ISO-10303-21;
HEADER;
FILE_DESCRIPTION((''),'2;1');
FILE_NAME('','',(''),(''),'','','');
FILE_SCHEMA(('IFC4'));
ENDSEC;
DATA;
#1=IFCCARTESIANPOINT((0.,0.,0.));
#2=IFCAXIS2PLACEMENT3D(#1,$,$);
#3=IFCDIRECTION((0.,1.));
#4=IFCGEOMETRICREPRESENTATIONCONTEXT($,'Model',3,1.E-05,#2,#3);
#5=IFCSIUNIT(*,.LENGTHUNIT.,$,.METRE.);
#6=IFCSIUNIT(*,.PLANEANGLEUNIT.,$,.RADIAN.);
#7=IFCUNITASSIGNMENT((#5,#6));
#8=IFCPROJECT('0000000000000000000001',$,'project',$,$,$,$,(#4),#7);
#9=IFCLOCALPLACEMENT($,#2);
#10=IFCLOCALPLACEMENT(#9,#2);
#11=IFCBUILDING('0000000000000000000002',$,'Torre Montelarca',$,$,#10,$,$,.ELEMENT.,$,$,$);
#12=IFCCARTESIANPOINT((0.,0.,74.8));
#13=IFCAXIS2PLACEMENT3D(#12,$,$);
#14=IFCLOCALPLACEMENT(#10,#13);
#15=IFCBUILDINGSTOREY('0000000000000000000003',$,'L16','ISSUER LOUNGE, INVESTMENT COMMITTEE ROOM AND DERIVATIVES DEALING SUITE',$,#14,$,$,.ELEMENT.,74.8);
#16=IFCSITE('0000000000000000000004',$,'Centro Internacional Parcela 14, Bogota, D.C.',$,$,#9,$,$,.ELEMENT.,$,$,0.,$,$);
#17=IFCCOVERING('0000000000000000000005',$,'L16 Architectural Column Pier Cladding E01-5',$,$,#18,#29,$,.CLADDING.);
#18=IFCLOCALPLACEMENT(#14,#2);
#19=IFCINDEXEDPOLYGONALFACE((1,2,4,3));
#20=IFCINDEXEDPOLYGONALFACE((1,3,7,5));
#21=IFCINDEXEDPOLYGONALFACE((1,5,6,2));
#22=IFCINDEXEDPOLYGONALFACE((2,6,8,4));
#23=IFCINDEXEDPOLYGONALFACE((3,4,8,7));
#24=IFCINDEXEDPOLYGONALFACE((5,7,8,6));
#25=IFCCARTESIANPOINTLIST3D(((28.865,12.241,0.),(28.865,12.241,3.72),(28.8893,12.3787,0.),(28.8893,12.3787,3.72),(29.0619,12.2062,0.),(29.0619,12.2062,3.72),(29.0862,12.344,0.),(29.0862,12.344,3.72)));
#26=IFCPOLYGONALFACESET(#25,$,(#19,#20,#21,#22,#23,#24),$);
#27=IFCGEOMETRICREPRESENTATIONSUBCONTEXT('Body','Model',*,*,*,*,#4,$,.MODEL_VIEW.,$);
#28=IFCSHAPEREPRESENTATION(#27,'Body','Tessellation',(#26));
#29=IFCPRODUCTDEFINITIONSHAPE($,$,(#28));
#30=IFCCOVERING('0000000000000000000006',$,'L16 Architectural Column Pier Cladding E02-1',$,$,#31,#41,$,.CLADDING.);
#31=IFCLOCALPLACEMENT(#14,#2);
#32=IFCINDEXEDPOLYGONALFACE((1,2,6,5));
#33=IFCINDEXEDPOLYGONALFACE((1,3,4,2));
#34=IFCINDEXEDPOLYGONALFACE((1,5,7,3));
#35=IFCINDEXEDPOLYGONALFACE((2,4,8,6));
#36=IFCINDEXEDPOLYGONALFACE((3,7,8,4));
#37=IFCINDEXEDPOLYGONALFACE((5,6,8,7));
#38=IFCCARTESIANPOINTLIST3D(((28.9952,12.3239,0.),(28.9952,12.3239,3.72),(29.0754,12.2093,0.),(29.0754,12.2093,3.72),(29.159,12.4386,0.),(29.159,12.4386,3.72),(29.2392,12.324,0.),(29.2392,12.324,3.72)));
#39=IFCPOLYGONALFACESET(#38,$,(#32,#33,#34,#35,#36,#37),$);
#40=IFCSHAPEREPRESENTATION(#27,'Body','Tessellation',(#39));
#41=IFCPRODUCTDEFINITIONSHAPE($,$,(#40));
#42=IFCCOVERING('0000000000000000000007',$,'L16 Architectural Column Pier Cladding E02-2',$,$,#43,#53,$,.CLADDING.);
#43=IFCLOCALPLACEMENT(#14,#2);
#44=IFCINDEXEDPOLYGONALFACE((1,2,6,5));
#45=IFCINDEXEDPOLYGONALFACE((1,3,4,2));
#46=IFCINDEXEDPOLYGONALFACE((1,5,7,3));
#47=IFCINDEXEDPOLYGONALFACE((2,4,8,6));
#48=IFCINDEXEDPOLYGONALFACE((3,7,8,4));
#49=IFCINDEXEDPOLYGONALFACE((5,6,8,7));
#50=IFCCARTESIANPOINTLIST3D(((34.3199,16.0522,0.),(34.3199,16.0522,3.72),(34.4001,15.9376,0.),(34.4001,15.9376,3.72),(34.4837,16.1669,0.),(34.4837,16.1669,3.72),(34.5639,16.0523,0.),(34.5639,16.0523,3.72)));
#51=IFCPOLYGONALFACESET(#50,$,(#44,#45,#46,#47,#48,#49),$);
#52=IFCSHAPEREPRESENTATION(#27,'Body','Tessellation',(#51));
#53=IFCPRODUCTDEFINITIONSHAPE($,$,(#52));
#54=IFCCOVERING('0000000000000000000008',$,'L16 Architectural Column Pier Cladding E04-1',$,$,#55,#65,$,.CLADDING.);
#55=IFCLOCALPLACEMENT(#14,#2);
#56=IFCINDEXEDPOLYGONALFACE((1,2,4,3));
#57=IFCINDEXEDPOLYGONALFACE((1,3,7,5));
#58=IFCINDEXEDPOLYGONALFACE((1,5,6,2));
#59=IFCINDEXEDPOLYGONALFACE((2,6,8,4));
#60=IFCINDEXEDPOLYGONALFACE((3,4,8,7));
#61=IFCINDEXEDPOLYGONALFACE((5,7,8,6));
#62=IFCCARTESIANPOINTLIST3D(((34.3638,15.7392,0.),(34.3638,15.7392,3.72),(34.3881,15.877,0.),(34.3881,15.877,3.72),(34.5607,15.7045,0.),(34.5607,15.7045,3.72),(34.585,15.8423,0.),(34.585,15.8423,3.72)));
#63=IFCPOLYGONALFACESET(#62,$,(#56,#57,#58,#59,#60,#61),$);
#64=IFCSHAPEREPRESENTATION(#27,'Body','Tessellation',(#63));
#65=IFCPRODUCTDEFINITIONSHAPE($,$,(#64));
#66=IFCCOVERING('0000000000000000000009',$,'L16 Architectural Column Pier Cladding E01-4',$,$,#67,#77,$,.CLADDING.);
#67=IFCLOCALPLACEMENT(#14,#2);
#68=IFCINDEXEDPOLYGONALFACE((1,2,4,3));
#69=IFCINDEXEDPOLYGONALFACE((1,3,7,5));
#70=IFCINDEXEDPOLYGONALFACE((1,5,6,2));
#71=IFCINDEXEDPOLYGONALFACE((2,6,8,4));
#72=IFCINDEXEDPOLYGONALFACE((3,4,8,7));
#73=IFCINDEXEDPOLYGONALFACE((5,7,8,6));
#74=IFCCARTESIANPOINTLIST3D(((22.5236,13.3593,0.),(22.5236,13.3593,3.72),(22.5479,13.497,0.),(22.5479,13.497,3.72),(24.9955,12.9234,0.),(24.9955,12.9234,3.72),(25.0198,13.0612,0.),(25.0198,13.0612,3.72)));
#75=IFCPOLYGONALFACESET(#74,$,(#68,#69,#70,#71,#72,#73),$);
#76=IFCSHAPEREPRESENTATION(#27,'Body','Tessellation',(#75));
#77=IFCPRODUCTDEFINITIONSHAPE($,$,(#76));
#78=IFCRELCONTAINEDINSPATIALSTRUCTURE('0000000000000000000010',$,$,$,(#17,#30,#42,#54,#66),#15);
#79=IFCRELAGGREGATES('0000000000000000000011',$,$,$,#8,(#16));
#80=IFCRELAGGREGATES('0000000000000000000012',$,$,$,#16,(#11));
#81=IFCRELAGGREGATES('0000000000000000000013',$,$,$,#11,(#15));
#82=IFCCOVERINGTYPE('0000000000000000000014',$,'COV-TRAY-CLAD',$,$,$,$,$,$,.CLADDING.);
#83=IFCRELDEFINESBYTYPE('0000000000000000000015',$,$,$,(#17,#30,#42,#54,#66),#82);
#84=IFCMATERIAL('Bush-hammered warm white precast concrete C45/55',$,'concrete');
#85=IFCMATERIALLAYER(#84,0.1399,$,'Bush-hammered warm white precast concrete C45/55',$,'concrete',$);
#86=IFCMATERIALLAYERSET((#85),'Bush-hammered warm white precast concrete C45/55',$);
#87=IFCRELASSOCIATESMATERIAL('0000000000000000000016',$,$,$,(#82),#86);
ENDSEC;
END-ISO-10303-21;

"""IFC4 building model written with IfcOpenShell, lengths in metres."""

from ifc_helpers import new_model, si_unit, direction, frame, origin, origin_2d, place, context, subcontext, project, spatial, rectangle, extrude, source, transform, mapped, material, layer, layer_set, type_object, element, save


model = new_model("IFC4")

# Units and contexts
model_context = context("Model", 3, precision=1e-05, world=origin(), true_north=direction((0.0, 1.0)))
body_context = subcontext(model_context, "Body", "Model", "MODEL_VIEW")
ifc_project = project(units=[si_unit("LENGTHUNIT", "METRE"), si_unit("PLANEANGLEUNIT", "RADIAN")], contexts=[model_context])

# Site, building, storey
site_placement = place(None, origin())
site = spatial("IfcSite", under=ifc_project, at=site_placement, Name="Centro Internacional Parcela 14, Bogota, D.C.", CompositionType="ELEMENT", RefElevation=0.0)
building_placement = place(site_placement, origin())
building = spatial("IfcBuilding", under=site, at=building_placement, Name="Torre Montelarca", CompositionType="ELEMENT")
storey_placement = place(building_placement, frame((0.0, 0.0, 74.8)))
storey = spatial("IfcBuildingStorey", under=building, at=storey_placement, Name="L16", Description="ISSUER LOUNGE, INVESTMENT COMMITTEE ROOM AND DERIVATIVES DEALING SUITE", CompositionType="ELEMENT", Elevation=74.8)

# Coverings
ifc_material_1 = material(Name="Bush-hammered warm white precast concrete C45/55", Category="concrete")
ifc_layer_1 = layer(ifc_material_1, 0.1399, Name="Bush-hammered warm white precast concrete C45/55", Category="concrete")
ifc_layer_set_1 = layer_set([ifc_layer_1], Name="Bush-hammered warm white precast concrete C45/55")
covering_type = type_object("IfcCoveringType", Name="COV-TRAY-CLAD", PredefinedType="CLADDING", material=ifc_layer_set_1)
shared_shape_1 = source(origin(), body_context, "Body", "SweptSolid", [
    extrude(rectangle(XDim=0.2, YDim=0.1399, at=origin_2d()), origin(), (0.0, 0.0, 1.0), 3.72),
])
for number, where, z_axis, x_axis, name in (
    (1, (28.9756, 12.2925, 0.0), (0.0, 0.0, 1.0), (0.984808, -0.173648, 0.0), "L16 Architectural Column Pier Cladding E01-5"),
    (2, (29.1172, 12.324, 0.0), (0.0, 0.0, 1.0), (0.819155, 0.573572, 0.0), "L16 Architectural Column Pier Cladding E02-1"),
    (3, (34.4419, 16.0522, 0.0), (0.0, 0.0, 1.0), (0.819155, 0.573572, 0.0), "L16 Architectural Column Pier Cladding E02-2"),
    (4, (34.4744, 15.7908, 0.0), (0.0, 0.0, 1.0), (0.984808, -0.173646, 0.0), "L16 Architectural Column Pier Cladding E04-1"),
):
    element("IfcCovering", number, at=place(storey_placement, frame(where, z_axis=z_axis, x_axis=x_axis)), inside=storey, type_object=covering_type, Name=name, PredefinedType="CLADDING", context=body_context, shape_type="MappedRepresentation", body=[
        mapped(shared_shape_1, transform((0.0, 0.0, 0.0), scale=1.0)),
    ])
shared_shape_2 = source(origin(), body_context, "Body", "SweptSolid", [
    extrude(rectangle(XDim=2.51, YDim=0.1399, at=origin_2d()), origin(), (0.0, 0.0, 1.0), 3.72),
])
covering_1_placement = place(storey_placement, frame((23.7717, 13.2102, 0.0), z_axis=(0.0, 0.0, 1.0), x_axis=(0.984808, -0.173648, 0.0)))
element("IfcCovering", 5, at=covering_1_placement, inside=storey, type_object=covering_type, Name="L16 Architectural Column Pier Cladding E01-4", PredefinedType="CLADDING", context=body_context, shape_type="MappedRepresentation", body=[
    mapped(shared_shape_2, transform((0.0, 0.0, 0.0), scale=1.0)),
])

save(model, "model.ifc")
